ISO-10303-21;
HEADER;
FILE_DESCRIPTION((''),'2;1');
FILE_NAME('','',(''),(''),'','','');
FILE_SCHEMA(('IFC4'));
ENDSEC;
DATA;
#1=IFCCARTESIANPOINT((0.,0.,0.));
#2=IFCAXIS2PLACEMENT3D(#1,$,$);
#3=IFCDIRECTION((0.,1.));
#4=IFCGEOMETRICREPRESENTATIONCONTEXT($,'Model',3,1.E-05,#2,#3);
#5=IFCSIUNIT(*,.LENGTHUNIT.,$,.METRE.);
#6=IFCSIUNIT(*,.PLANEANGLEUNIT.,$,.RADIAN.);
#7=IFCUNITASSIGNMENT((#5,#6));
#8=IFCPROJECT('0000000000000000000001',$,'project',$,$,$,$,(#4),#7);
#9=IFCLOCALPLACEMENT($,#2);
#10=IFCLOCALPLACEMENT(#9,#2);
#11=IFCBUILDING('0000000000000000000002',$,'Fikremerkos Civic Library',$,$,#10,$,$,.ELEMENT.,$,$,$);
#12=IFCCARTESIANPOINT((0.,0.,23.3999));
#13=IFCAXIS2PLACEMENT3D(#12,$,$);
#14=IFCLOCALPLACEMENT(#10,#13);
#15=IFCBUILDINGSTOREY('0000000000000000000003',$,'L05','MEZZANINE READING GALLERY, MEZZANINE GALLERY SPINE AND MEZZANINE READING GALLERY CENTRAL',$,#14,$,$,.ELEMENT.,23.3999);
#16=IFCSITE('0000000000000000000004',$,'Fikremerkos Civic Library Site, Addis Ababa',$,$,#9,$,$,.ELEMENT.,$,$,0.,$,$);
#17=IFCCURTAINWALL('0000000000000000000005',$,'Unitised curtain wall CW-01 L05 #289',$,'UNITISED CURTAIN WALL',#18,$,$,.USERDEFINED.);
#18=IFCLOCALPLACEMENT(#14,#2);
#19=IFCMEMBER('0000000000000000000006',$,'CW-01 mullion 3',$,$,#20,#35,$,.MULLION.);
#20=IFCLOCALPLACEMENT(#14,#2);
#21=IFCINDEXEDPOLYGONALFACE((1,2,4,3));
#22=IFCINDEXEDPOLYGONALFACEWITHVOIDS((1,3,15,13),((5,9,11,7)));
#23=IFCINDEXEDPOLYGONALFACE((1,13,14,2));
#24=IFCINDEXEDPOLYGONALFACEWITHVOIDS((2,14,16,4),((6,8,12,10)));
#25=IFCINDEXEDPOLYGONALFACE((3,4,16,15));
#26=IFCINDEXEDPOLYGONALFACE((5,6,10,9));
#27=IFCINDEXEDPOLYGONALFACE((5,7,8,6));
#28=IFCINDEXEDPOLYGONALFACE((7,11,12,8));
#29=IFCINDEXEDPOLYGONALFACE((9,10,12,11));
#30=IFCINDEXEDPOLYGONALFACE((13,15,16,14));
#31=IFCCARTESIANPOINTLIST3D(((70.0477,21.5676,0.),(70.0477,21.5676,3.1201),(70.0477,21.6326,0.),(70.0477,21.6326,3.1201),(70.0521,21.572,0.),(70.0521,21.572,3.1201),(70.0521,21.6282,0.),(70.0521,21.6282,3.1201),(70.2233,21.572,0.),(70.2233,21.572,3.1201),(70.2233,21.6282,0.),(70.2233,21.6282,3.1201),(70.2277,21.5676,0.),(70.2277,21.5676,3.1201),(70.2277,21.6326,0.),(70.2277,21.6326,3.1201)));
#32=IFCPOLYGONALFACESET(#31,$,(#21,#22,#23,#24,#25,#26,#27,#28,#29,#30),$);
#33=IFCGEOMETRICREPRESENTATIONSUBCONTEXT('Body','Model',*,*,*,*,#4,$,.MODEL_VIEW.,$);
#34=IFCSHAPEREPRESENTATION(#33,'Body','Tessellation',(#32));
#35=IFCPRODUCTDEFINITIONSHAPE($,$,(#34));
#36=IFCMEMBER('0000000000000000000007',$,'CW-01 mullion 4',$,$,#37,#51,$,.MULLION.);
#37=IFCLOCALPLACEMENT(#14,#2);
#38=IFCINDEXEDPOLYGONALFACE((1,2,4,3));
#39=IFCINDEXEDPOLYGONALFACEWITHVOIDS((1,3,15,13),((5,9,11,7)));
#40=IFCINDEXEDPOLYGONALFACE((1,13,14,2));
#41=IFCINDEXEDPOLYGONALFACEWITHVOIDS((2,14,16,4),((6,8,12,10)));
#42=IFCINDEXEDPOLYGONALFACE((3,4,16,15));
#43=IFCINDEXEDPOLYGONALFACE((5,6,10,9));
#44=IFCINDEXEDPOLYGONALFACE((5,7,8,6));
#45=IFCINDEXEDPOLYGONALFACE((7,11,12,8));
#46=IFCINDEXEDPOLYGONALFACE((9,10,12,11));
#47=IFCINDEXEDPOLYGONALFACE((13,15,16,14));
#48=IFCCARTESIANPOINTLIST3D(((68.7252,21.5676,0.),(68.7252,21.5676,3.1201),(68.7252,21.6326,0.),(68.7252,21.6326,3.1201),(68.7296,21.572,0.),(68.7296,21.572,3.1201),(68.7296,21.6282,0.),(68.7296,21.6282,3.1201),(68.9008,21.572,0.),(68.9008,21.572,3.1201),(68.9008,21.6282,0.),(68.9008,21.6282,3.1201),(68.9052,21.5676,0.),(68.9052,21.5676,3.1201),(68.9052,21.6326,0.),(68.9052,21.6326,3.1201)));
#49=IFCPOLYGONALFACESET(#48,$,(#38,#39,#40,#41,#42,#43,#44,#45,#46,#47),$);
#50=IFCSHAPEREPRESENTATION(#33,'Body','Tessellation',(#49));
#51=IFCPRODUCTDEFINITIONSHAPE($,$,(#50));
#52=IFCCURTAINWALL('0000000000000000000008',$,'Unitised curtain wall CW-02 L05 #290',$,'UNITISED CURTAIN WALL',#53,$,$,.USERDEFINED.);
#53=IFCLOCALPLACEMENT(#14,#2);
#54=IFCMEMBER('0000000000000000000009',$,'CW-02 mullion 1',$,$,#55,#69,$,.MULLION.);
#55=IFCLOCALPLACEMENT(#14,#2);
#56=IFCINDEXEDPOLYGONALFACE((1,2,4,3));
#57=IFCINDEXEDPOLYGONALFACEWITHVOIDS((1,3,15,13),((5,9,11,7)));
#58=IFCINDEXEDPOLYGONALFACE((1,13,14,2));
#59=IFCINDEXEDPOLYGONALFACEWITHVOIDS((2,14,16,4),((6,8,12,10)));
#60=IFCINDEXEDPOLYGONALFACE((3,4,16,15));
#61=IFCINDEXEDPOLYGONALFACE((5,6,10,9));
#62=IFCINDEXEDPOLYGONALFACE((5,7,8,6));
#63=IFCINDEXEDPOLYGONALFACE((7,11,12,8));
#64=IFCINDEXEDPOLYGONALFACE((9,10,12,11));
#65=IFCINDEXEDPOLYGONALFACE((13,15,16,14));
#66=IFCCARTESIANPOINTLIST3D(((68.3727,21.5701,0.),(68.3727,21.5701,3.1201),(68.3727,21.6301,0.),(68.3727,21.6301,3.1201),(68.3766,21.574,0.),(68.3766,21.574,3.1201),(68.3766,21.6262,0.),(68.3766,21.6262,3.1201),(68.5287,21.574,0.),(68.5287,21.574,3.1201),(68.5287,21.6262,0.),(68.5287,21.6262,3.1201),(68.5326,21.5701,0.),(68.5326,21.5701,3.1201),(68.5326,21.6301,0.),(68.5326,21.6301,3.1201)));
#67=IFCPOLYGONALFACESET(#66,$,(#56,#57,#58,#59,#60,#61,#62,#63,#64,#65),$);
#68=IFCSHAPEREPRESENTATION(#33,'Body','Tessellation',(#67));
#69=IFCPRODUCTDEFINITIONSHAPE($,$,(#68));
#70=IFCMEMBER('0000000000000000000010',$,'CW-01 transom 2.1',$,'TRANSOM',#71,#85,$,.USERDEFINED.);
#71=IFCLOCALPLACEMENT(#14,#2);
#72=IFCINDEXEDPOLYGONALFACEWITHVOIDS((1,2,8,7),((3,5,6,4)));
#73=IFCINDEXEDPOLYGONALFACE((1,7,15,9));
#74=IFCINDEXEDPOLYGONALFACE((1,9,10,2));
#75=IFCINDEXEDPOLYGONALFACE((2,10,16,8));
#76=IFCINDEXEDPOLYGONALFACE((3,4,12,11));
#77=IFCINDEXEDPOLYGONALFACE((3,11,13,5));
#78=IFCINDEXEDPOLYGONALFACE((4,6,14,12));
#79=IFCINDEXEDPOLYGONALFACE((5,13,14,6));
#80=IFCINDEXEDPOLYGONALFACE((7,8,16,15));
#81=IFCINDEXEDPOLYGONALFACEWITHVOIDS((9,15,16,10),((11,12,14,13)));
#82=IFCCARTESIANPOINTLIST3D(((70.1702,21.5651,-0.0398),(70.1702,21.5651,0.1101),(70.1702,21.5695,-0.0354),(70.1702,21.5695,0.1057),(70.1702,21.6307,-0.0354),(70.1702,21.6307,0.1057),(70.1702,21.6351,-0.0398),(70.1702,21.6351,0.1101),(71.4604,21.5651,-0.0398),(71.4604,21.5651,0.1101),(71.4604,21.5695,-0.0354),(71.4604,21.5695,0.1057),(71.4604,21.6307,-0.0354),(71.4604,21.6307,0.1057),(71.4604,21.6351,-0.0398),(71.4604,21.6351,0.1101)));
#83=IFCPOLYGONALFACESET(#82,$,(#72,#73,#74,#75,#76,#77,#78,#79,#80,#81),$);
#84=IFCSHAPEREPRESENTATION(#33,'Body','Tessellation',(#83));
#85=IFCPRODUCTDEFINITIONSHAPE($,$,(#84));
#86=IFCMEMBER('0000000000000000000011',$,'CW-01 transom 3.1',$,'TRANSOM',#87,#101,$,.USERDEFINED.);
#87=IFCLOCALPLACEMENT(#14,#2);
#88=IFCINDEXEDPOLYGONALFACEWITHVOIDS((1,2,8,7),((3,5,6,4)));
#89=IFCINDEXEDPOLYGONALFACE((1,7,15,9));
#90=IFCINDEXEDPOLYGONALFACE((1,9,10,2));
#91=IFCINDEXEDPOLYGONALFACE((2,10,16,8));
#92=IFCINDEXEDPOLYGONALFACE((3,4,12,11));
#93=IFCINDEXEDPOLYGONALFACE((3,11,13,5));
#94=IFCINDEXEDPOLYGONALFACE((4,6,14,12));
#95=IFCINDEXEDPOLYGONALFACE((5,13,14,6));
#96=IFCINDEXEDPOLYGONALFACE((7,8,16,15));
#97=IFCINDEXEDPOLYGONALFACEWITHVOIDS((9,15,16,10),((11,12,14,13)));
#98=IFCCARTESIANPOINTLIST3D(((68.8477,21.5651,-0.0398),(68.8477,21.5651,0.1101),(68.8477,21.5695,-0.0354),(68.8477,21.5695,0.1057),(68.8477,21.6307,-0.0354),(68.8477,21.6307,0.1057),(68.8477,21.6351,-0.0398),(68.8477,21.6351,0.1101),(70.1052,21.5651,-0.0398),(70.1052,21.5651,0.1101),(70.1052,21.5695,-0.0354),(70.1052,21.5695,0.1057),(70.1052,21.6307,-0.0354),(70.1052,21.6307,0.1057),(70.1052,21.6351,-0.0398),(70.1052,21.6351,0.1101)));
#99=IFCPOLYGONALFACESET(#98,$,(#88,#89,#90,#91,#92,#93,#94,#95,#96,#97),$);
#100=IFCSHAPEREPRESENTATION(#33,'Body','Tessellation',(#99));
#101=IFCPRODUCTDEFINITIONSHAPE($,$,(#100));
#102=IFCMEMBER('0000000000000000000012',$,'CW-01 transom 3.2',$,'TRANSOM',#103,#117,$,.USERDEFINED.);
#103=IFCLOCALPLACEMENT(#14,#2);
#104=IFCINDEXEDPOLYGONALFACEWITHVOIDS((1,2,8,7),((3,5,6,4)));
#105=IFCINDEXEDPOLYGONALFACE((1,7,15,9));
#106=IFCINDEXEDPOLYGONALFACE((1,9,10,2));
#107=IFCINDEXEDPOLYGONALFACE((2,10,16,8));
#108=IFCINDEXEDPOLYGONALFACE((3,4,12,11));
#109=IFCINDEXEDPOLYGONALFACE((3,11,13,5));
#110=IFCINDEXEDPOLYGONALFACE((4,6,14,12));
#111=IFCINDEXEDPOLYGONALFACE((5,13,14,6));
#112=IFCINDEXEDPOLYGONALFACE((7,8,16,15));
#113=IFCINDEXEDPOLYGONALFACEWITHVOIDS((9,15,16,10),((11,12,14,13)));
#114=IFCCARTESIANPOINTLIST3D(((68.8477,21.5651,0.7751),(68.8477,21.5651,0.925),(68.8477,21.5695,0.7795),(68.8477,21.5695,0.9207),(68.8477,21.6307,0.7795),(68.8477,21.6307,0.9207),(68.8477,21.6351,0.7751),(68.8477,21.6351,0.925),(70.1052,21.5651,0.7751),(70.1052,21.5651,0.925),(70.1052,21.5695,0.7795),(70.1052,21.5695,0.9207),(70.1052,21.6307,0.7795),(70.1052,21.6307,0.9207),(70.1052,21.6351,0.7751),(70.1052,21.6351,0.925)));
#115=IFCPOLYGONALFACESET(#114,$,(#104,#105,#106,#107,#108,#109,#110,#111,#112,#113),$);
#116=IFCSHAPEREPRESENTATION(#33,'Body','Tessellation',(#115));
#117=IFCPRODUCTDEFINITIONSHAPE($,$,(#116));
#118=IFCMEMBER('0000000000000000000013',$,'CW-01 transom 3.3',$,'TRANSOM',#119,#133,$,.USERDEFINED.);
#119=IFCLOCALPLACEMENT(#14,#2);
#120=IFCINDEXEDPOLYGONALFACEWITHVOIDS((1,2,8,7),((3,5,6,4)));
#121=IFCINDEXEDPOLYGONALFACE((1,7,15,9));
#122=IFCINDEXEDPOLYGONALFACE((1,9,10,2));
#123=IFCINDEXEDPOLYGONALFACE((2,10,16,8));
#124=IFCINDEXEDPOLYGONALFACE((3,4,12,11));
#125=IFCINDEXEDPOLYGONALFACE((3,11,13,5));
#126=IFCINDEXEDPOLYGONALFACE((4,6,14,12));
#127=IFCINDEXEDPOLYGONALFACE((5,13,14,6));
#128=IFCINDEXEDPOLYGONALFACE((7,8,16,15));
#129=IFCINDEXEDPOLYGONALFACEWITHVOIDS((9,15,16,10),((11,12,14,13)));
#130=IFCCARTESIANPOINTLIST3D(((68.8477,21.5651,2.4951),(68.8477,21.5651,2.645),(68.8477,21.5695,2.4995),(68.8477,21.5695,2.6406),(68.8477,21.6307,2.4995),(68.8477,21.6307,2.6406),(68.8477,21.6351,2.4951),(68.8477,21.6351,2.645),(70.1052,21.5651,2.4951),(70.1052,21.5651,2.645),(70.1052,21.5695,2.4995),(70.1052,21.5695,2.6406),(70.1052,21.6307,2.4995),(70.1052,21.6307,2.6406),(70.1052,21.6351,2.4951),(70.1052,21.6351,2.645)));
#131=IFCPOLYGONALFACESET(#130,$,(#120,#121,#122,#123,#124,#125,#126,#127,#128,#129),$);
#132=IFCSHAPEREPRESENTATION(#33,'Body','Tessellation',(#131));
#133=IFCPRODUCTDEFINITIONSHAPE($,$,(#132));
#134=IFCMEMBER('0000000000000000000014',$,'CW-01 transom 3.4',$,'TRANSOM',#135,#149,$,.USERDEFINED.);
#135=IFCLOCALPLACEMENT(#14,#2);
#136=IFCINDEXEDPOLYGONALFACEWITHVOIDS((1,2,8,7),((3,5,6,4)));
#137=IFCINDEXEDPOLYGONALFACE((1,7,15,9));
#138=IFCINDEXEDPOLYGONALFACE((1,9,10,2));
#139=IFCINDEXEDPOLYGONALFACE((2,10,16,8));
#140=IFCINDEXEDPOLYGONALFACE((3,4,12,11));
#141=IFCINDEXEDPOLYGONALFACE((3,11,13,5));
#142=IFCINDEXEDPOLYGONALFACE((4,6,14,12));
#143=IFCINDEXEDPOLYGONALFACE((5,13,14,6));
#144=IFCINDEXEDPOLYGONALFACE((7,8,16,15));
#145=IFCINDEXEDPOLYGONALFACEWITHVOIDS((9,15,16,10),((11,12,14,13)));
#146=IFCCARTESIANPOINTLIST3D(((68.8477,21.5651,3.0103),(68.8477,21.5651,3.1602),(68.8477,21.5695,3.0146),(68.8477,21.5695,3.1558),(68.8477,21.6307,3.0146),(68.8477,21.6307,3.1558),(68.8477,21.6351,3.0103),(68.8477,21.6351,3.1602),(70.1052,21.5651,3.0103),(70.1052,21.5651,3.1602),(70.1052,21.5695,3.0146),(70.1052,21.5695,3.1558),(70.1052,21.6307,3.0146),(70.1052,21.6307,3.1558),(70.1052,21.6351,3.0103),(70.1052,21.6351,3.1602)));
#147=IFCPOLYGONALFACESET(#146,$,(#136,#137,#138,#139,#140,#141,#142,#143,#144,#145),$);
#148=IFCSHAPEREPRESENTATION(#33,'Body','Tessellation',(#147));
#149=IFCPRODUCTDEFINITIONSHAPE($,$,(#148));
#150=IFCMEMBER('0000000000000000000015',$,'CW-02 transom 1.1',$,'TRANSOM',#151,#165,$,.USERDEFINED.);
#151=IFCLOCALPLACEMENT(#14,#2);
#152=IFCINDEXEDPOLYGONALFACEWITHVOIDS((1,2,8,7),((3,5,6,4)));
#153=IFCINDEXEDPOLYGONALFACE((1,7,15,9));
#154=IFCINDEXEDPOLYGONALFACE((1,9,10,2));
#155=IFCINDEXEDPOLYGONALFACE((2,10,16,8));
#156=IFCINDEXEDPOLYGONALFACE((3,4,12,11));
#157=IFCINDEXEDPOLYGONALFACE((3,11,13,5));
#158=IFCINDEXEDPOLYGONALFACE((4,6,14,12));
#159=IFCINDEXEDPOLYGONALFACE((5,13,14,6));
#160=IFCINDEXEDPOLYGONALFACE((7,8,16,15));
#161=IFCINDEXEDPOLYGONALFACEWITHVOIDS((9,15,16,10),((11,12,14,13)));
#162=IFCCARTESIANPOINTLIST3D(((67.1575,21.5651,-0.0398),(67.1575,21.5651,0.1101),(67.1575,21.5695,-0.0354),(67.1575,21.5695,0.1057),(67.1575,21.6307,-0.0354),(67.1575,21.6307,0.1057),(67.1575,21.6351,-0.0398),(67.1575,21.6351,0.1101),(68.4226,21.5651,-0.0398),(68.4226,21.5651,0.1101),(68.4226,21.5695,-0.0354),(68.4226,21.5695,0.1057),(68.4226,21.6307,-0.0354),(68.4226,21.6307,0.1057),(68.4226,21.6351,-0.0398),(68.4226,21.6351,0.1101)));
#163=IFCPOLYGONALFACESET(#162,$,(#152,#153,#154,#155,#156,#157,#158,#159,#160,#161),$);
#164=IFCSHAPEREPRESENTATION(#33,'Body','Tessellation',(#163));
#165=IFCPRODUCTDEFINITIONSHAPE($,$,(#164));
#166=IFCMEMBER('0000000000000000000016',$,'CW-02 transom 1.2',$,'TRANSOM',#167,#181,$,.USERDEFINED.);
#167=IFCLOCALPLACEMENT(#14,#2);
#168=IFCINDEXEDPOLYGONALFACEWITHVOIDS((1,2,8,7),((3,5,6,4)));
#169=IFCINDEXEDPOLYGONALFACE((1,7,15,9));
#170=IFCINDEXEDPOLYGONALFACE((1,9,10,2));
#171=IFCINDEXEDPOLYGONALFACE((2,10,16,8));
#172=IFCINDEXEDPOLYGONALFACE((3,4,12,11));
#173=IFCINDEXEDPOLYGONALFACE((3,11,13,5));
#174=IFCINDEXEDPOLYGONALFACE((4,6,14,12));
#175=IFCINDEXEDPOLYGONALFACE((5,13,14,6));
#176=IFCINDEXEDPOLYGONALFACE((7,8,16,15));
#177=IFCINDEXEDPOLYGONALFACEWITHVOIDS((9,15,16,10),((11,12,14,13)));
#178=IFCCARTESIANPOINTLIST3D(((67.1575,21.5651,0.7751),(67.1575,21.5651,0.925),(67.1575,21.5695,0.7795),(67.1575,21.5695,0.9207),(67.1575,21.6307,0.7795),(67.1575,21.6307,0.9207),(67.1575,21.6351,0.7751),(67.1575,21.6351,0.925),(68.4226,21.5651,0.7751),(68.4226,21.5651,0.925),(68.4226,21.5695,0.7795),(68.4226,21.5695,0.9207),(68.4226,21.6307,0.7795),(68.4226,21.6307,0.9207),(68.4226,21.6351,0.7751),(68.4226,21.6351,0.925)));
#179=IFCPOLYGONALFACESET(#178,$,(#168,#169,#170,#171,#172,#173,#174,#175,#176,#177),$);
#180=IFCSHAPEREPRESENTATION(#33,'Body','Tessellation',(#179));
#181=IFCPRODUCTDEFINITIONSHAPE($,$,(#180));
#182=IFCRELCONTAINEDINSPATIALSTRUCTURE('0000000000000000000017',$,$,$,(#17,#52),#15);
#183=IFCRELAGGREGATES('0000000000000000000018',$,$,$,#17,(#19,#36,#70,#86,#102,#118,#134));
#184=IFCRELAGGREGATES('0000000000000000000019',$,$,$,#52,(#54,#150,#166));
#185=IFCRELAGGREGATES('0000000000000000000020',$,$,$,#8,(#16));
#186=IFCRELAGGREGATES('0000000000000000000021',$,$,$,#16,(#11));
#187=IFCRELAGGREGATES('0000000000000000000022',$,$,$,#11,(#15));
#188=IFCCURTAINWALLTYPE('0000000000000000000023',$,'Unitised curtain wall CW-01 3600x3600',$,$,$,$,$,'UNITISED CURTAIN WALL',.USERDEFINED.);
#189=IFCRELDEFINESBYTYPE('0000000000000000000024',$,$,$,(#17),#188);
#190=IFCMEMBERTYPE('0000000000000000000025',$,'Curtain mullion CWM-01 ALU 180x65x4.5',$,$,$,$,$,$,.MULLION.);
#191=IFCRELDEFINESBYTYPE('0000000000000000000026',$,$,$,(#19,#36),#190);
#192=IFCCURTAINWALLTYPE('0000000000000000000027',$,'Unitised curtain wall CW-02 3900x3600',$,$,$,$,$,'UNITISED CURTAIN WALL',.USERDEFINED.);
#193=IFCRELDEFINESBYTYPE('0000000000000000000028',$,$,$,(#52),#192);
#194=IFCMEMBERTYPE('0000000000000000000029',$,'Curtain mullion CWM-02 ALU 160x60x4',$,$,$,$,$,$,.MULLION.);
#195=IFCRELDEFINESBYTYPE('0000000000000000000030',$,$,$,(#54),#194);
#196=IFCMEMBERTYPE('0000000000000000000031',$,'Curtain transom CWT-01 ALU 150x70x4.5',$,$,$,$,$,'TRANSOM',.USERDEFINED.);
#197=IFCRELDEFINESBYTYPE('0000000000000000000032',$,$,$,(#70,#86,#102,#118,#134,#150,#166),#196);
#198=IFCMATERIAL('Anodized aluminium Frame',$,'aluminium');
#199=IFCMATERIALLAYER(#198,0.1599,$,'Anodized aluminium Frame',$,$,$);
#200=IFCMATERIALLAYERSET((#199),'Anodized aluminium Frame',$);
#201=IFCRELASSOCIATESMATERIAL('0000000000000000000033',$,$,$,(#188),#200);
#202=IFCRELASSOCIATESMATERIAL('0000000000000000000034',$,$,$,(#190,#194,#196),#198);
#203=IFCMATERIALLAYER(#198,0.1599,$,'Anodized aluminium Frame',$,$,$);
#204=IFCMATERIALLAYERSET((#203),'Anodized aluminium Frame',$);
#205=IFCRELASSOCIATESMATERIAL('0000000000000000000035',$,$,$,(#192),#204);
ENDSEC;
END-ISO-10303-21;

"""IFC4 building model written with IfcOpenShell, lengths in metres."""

from ifc_helpers import new_model, si_unit, direction, frame, origin, origin_2d, place, context, subcontext, project, spatial, hollow_rectangle, extrude, material, layer, layer_set, material_profile, profile_set, type_object, element, aggregate, save


model = new_model("IFC4")

# Units and contexts
model_context = context("Model", 3, precision=1e-05, world=origin(), true_north=direction((0.0, 1.0)))
body_context = subcontext(model_context, "Body", "Model", "MODEL_VIEW")
ifc_project = project(units=[si_unit("LENGTHUNIT", "METRE"), si_unit("PLANEANGLEUNIT", "RADIAN")], contexts=[model_context])

# Site, building, storey
site_placement = place(None, origin())
site = spatial("IfcSite", under=ifc_project, at=site_placement, Name="Fikremerkos Civic Library Site, Addis Ababa", CompositionType="ELEMENT", RefElevation=0.0)
building_placement = place(site_placement, origin())
building = spatial("IfcBuilding", under=site, at=building_placement, Name="Fikremerkos Civic Library", CompositionType="ELEMENT")
storey_placement = place(building_placement, frame((0.0, 0.0, 23.3999)))
storey = spatial("IfcBuildingStorey", under=building, at=storey_placement, Name="L05", Description="MEZZANINE READING GALLERY, MEZZANINE GALLERY SPINE AND MEZZANINE READING GALLERY CENTRAL", CompositionType="ELEMENT", Elevation=23.3999)

# Curtain wall, members
ifc_material_1 = material(Name="Anodized aluminium Frame", Category="aluminium")
ifc_layer_1 = layer(ifc_material_1, 0.1599, Name="Anodized aluminium Frame")
ifc_layer_set_1 = layer_set([ifc_layer_1], Name="Anodized aluminium Frame")
curtain_wall_type_1 = type_object("IfcCurtainWallType", Name="Unitised curtain wall CW-01 3600x3600", ElementType="UNITISED CURTAIN WALL", PredefinedType="USERDEFINED", material=ifc_layer_set_1)
curtain_wall_1_placement = place(storey_placement, origin())
curtain_wall_1 = element("IfcCurtainWall", 1, at=curtain_wall_1_placement, inside=storey, type_object=curtain_wall_type_1, Name="Unitised curtain wall CW-01 L05 #289", ObjectType="UNITISED CURTAIN WALL", PredefinedType="USERDEFINED")
ifc_material_profile_1 = material_profile(ifc_material_1, hollow_rectangle(XDim=0.0649, YDim=0.1799, WallThickness=0.0044, at=origin_2d()), Name="ALU 180x65x4.5")
ifc_profile_set_1 = profile_set([ifc_material_profile_1], Name="Anodized aluminium Frame")
member_type_1 = type_object("IfcMemberType", Name="Curtain mullion CWM-01 ALU 180x65x4.5", PredefinedType="MULLION", material=ifc_profile_set_1)
member_1_placement = place(storey_placement, frame((70.1377, 21.6001, 0.0), z_axis=(0.0, 0.0, 1.0), x_axis=(0.0, -1.0, 0.0)))
member_1 = element("IfcMember", 2, at=member_1_placement, type_object=member_type_1, Name="CW-01 mullion 3", PredefinedType="MULLION", context=body_context, shape_type="SweptSolid", body=[
    extrude(hollow_rectangle(XDim=0.0649, YDim=0.1799, WallThickness=0.0044, at=origin_2d()), origin(), (0.0, 0.0, 1.0), 3.1201),
])
member_2_placement = place(storey_placement, frame((68.8152, 21.6001, 0.0), z_axis=(0.0, 0.0, 1.0), x_axis=(0.0, -1.0, 0.0)))
member_2 = element("IfcMember", 3, at=member_2_placement, type_object=member_type_1, Name="CW-01 mullion 4", PredefinedType="MULLION", context=body_context, shape_type="SweptSolid", body=[
    extrude(hollow_rectangle(XDim=0.0649, YDim=0.1799, WallThickness=0.0044, at=origin_2d()), origin(), (0.0, 0.0, 1.0), 3.1201),
])

# Curtain wall, member
ifc_layer_2 = layer(ifc_material_1, 0.1599, Name="Anodized aluminium Frame")
ifc_layer_set_2 = layer_set([ifc_layer_2], Name="Anodized aluminium Frame")
curtain_wall_type_2 = type_object("IfcCurtainWallType", Name="Unitised curtain wall CW-02 3900x3600", ElementType="UNITISED CURTAIN WALL", PredefinedType="USERDEFINED", material=ifc_layer_set_2)
curtain_wall_2_placement = place(storey_placement, origin())
curtain_wall_2 = element("IfcCurtainWall", 4, at=curtain_wall_2_placement, inside=storey, type_object=curtain_wall_type_2, Name="Unitised curtain wall CW-02 L05 #290", ObjectType="UNITISED CURTAIN WALL", PredefinedType="USERDEFINED")
ifc_material_profile_2 = material_profile(ifc_material_1, hollow_rectangle(XDim=0.0601, YDim=0.1599, WallThickness=0.0039, at=origin_2d()), Name="ALU 160x60x4")
ifc_profile_set_2 = profile_set([ifc_material_profile_2], Name="Anodized aluminium Frame")
member_type_2 = type_object("IfcMemberType", Name="Curtain mullion CWM-02 ALU 160x60x4", PredefinedType="MULLION", material=ifc_profile_set_2)
member_3_placement = place(storey_placement, frame((68.4526, 21.6001, 0.0), z_axis=(0.0, 0.0, 1.0), x_axis=(0.0, -1.0, 0.0)))
member_3 = element("IfcMember", 5, at=member_3_placement, type_object=member_type_2, Name="CW-02 mullion 1", PredefinedType="MULLION", context=body_context, shape_type="SweptSolid", body=[
    extrude(hollow_rectangle(XDim=0.0601, YDim=0.1599, WallThickness=0.0039, at=origin_2d()), origin(), (0.0, 0.0, 1.0), 3.1201),
])

# Members
ifc_material_profile_3 = material_profile(ifc_material_1, hollow_rectangle(XDim=0.0701, YDim=0.1499, WallThickness=0.0044, at=origin_2d()), Name="ALU 150x70x4.5")
ifc_profile_set_3 = profile_set([ifc_material_profile_3], Name="Anodized aluminium Frame")
member_type_3 = type_object("IfcMemberType", Name="Curtain transom CWT-01 ALU 150x70x4.5", ElementType="TRANSOM", PredefinedType="USERDEFINED", material=ifc_profile_set_3)
member_4_placement = place(storey_placement, frame((71.4604, 21.6001, 0.0352), z_axis=(-1.0, 0.0, 0.0), x_axis=(0.0, -1.0, 0.0)))
member_4 = element("IfcMember", 6, at=member_4_placement, type_object=member_type_3, Name="CW-01 transom 2.1", ObjectType="TRANSOM", PredefinedType="USERDEFINED", context=body_context, shape_type="SweptSolid", body=[
    extrude(hollow_rectangle(XDim=0.0701, YDim=0.1499, WallThickness=0.0044, at=origin_2d()), origin(), (0.0, 0.0, 1.0), 1.2903),
])
member_5_placement = place(storey_placement, frame((70.1052, 21.6001, 0.0352), z_axis=(-1.0, 0.0, 0.0), x_axis=(0.0, -1.0, 0.0)))
member_5 = element("IfcMember", 7, at=member_5_placement, type_object=member_type_3, Name="CW-01 transom 3.1", ObjectType="TRANSOM", PredefinedType="USERDEFINED", context=body_context, shape_type="SweptSolid", body=[
    extrude(hollow_rectangle(XDim=0.0701, YDim=0.1499, WallThickness=0.0044, at=origin_2d()), origin(), (0.0, 0.0, 1.0), 1.2576),
])
member_6_placement = place(storey_placement, frame((70.1052, 21.6001, 0.8501), z_axis=(-1.0, 0.0, 0.0), x_axis=(0.0, -1.0, 0.0)))
member_6 = element("IfcMember", 8, at=member_6_placement, type_object=member_type_3, Name="CW-01 transom 3.2", ObjectType="TRANSOM", PredefinedType="USERDEFINED", context=body_context, shape_type="SweptSolid", body=[
    extrude(hollow_rectangle(XDim=0.0701, YDim=0.1499, WallThickness=0.0044, at=origin_2d()), origin(), (0.0, 0.0, 1.0), 1.2576),
])
member_7_placement = place(storey_placement, frame((70.1052, 21.6001, 2.5701), z_axis=(-1.0, 0.0, 0.0), x_axis=(0.0, -1.0, 0.0)))
member_7 = element("IfcMember", 9, at=member_7_placement, type_object=member_type_3, Name="CW-01 transom 3.3", ObjectType="TRANSOM", PredefinedType="USERDEFINED", context=body_context, shape_type="SweptSolid", body=[
    extrude(hollow_rectangle(XDim=0.0701, YDim=0.1499, WallThickness=0.0044, at=origin_2d()), origin(), (0.0, 0.0, 1.0), 1.2576),
])
member_8_placement = place(storey_placement, frame((70.1052, 21.6001, 3.0852), z_axis=(-1.0, 0.0, 0.0), x_axis=(0.0, -1.0, 0.0)))
member_8 = element("IfcMember", 10, at=member_8_placement, type_object=member_type_3, Name="CW-01 transom 3.4", ObjectType="TRANSOM", PredefinedType="USERDEFINED", context=body_context, shape_type="SweptSolid", body=[
    extrude(hollow_rectangle(XDim=0.0701, YDim=0.1499, WallThickness=0.0044, at=origin_2d()), origin(), (0.0, 0.0, 1.0), 1.2576),
])
member_9_placement = place(storey_placement, frame((68.4226, 21.6001, 0.0352), z_axis=(-1.0, 0.0, 0.0), x_axis=(0.0, -1.0, 0.0)))
member_9 = element("IfcMember", 11, at=member_9_placement, type_object=member_type_3, Name="CW-02 transom 1.1", ObjectType="TRANSOM", PredefinedType="USERDEFINED", context=body_context, shape_type="SweptSolid", body=[
    extrude(hollow_rectangle(XDim=0.0701, YDim=0.1499, WallThickness=0.0044, at=origin_2d()), origin(), (0.0, 0.0, 1.0), 1.2651),
])
member_10_placement = place(storey_placement, frame((68.4226, 21.6001, 0.8501), z_axis=(-1.0, 0.0, 0.0), x_axis=(0.0, -1.0, 0.0)))
member_10 = element("IfcMember", 12, at=member_10_placement, type_object=member_type_3, Name="CW-02 transom 1.2", ObjectType="TRANSOM", PredefinedType="USERDEFINED", context=body_context, shape_type="SweptSolid", body=[
    extrude(hollow_rectangle(XDim=0.0701, YDim=0.1499, WallThickness=0.0044, at=origin_2d()), origin(), (0.0, 0.0, 1.0), 1.2651),
])

aggregate(curtain_wall_1, [member_1, member_2, member_4, member_5, member_6, member_7, member_8])

aggregate(curtain_wall_2, [member_3, member_9, member_10])

save(model, "model.ifc")
